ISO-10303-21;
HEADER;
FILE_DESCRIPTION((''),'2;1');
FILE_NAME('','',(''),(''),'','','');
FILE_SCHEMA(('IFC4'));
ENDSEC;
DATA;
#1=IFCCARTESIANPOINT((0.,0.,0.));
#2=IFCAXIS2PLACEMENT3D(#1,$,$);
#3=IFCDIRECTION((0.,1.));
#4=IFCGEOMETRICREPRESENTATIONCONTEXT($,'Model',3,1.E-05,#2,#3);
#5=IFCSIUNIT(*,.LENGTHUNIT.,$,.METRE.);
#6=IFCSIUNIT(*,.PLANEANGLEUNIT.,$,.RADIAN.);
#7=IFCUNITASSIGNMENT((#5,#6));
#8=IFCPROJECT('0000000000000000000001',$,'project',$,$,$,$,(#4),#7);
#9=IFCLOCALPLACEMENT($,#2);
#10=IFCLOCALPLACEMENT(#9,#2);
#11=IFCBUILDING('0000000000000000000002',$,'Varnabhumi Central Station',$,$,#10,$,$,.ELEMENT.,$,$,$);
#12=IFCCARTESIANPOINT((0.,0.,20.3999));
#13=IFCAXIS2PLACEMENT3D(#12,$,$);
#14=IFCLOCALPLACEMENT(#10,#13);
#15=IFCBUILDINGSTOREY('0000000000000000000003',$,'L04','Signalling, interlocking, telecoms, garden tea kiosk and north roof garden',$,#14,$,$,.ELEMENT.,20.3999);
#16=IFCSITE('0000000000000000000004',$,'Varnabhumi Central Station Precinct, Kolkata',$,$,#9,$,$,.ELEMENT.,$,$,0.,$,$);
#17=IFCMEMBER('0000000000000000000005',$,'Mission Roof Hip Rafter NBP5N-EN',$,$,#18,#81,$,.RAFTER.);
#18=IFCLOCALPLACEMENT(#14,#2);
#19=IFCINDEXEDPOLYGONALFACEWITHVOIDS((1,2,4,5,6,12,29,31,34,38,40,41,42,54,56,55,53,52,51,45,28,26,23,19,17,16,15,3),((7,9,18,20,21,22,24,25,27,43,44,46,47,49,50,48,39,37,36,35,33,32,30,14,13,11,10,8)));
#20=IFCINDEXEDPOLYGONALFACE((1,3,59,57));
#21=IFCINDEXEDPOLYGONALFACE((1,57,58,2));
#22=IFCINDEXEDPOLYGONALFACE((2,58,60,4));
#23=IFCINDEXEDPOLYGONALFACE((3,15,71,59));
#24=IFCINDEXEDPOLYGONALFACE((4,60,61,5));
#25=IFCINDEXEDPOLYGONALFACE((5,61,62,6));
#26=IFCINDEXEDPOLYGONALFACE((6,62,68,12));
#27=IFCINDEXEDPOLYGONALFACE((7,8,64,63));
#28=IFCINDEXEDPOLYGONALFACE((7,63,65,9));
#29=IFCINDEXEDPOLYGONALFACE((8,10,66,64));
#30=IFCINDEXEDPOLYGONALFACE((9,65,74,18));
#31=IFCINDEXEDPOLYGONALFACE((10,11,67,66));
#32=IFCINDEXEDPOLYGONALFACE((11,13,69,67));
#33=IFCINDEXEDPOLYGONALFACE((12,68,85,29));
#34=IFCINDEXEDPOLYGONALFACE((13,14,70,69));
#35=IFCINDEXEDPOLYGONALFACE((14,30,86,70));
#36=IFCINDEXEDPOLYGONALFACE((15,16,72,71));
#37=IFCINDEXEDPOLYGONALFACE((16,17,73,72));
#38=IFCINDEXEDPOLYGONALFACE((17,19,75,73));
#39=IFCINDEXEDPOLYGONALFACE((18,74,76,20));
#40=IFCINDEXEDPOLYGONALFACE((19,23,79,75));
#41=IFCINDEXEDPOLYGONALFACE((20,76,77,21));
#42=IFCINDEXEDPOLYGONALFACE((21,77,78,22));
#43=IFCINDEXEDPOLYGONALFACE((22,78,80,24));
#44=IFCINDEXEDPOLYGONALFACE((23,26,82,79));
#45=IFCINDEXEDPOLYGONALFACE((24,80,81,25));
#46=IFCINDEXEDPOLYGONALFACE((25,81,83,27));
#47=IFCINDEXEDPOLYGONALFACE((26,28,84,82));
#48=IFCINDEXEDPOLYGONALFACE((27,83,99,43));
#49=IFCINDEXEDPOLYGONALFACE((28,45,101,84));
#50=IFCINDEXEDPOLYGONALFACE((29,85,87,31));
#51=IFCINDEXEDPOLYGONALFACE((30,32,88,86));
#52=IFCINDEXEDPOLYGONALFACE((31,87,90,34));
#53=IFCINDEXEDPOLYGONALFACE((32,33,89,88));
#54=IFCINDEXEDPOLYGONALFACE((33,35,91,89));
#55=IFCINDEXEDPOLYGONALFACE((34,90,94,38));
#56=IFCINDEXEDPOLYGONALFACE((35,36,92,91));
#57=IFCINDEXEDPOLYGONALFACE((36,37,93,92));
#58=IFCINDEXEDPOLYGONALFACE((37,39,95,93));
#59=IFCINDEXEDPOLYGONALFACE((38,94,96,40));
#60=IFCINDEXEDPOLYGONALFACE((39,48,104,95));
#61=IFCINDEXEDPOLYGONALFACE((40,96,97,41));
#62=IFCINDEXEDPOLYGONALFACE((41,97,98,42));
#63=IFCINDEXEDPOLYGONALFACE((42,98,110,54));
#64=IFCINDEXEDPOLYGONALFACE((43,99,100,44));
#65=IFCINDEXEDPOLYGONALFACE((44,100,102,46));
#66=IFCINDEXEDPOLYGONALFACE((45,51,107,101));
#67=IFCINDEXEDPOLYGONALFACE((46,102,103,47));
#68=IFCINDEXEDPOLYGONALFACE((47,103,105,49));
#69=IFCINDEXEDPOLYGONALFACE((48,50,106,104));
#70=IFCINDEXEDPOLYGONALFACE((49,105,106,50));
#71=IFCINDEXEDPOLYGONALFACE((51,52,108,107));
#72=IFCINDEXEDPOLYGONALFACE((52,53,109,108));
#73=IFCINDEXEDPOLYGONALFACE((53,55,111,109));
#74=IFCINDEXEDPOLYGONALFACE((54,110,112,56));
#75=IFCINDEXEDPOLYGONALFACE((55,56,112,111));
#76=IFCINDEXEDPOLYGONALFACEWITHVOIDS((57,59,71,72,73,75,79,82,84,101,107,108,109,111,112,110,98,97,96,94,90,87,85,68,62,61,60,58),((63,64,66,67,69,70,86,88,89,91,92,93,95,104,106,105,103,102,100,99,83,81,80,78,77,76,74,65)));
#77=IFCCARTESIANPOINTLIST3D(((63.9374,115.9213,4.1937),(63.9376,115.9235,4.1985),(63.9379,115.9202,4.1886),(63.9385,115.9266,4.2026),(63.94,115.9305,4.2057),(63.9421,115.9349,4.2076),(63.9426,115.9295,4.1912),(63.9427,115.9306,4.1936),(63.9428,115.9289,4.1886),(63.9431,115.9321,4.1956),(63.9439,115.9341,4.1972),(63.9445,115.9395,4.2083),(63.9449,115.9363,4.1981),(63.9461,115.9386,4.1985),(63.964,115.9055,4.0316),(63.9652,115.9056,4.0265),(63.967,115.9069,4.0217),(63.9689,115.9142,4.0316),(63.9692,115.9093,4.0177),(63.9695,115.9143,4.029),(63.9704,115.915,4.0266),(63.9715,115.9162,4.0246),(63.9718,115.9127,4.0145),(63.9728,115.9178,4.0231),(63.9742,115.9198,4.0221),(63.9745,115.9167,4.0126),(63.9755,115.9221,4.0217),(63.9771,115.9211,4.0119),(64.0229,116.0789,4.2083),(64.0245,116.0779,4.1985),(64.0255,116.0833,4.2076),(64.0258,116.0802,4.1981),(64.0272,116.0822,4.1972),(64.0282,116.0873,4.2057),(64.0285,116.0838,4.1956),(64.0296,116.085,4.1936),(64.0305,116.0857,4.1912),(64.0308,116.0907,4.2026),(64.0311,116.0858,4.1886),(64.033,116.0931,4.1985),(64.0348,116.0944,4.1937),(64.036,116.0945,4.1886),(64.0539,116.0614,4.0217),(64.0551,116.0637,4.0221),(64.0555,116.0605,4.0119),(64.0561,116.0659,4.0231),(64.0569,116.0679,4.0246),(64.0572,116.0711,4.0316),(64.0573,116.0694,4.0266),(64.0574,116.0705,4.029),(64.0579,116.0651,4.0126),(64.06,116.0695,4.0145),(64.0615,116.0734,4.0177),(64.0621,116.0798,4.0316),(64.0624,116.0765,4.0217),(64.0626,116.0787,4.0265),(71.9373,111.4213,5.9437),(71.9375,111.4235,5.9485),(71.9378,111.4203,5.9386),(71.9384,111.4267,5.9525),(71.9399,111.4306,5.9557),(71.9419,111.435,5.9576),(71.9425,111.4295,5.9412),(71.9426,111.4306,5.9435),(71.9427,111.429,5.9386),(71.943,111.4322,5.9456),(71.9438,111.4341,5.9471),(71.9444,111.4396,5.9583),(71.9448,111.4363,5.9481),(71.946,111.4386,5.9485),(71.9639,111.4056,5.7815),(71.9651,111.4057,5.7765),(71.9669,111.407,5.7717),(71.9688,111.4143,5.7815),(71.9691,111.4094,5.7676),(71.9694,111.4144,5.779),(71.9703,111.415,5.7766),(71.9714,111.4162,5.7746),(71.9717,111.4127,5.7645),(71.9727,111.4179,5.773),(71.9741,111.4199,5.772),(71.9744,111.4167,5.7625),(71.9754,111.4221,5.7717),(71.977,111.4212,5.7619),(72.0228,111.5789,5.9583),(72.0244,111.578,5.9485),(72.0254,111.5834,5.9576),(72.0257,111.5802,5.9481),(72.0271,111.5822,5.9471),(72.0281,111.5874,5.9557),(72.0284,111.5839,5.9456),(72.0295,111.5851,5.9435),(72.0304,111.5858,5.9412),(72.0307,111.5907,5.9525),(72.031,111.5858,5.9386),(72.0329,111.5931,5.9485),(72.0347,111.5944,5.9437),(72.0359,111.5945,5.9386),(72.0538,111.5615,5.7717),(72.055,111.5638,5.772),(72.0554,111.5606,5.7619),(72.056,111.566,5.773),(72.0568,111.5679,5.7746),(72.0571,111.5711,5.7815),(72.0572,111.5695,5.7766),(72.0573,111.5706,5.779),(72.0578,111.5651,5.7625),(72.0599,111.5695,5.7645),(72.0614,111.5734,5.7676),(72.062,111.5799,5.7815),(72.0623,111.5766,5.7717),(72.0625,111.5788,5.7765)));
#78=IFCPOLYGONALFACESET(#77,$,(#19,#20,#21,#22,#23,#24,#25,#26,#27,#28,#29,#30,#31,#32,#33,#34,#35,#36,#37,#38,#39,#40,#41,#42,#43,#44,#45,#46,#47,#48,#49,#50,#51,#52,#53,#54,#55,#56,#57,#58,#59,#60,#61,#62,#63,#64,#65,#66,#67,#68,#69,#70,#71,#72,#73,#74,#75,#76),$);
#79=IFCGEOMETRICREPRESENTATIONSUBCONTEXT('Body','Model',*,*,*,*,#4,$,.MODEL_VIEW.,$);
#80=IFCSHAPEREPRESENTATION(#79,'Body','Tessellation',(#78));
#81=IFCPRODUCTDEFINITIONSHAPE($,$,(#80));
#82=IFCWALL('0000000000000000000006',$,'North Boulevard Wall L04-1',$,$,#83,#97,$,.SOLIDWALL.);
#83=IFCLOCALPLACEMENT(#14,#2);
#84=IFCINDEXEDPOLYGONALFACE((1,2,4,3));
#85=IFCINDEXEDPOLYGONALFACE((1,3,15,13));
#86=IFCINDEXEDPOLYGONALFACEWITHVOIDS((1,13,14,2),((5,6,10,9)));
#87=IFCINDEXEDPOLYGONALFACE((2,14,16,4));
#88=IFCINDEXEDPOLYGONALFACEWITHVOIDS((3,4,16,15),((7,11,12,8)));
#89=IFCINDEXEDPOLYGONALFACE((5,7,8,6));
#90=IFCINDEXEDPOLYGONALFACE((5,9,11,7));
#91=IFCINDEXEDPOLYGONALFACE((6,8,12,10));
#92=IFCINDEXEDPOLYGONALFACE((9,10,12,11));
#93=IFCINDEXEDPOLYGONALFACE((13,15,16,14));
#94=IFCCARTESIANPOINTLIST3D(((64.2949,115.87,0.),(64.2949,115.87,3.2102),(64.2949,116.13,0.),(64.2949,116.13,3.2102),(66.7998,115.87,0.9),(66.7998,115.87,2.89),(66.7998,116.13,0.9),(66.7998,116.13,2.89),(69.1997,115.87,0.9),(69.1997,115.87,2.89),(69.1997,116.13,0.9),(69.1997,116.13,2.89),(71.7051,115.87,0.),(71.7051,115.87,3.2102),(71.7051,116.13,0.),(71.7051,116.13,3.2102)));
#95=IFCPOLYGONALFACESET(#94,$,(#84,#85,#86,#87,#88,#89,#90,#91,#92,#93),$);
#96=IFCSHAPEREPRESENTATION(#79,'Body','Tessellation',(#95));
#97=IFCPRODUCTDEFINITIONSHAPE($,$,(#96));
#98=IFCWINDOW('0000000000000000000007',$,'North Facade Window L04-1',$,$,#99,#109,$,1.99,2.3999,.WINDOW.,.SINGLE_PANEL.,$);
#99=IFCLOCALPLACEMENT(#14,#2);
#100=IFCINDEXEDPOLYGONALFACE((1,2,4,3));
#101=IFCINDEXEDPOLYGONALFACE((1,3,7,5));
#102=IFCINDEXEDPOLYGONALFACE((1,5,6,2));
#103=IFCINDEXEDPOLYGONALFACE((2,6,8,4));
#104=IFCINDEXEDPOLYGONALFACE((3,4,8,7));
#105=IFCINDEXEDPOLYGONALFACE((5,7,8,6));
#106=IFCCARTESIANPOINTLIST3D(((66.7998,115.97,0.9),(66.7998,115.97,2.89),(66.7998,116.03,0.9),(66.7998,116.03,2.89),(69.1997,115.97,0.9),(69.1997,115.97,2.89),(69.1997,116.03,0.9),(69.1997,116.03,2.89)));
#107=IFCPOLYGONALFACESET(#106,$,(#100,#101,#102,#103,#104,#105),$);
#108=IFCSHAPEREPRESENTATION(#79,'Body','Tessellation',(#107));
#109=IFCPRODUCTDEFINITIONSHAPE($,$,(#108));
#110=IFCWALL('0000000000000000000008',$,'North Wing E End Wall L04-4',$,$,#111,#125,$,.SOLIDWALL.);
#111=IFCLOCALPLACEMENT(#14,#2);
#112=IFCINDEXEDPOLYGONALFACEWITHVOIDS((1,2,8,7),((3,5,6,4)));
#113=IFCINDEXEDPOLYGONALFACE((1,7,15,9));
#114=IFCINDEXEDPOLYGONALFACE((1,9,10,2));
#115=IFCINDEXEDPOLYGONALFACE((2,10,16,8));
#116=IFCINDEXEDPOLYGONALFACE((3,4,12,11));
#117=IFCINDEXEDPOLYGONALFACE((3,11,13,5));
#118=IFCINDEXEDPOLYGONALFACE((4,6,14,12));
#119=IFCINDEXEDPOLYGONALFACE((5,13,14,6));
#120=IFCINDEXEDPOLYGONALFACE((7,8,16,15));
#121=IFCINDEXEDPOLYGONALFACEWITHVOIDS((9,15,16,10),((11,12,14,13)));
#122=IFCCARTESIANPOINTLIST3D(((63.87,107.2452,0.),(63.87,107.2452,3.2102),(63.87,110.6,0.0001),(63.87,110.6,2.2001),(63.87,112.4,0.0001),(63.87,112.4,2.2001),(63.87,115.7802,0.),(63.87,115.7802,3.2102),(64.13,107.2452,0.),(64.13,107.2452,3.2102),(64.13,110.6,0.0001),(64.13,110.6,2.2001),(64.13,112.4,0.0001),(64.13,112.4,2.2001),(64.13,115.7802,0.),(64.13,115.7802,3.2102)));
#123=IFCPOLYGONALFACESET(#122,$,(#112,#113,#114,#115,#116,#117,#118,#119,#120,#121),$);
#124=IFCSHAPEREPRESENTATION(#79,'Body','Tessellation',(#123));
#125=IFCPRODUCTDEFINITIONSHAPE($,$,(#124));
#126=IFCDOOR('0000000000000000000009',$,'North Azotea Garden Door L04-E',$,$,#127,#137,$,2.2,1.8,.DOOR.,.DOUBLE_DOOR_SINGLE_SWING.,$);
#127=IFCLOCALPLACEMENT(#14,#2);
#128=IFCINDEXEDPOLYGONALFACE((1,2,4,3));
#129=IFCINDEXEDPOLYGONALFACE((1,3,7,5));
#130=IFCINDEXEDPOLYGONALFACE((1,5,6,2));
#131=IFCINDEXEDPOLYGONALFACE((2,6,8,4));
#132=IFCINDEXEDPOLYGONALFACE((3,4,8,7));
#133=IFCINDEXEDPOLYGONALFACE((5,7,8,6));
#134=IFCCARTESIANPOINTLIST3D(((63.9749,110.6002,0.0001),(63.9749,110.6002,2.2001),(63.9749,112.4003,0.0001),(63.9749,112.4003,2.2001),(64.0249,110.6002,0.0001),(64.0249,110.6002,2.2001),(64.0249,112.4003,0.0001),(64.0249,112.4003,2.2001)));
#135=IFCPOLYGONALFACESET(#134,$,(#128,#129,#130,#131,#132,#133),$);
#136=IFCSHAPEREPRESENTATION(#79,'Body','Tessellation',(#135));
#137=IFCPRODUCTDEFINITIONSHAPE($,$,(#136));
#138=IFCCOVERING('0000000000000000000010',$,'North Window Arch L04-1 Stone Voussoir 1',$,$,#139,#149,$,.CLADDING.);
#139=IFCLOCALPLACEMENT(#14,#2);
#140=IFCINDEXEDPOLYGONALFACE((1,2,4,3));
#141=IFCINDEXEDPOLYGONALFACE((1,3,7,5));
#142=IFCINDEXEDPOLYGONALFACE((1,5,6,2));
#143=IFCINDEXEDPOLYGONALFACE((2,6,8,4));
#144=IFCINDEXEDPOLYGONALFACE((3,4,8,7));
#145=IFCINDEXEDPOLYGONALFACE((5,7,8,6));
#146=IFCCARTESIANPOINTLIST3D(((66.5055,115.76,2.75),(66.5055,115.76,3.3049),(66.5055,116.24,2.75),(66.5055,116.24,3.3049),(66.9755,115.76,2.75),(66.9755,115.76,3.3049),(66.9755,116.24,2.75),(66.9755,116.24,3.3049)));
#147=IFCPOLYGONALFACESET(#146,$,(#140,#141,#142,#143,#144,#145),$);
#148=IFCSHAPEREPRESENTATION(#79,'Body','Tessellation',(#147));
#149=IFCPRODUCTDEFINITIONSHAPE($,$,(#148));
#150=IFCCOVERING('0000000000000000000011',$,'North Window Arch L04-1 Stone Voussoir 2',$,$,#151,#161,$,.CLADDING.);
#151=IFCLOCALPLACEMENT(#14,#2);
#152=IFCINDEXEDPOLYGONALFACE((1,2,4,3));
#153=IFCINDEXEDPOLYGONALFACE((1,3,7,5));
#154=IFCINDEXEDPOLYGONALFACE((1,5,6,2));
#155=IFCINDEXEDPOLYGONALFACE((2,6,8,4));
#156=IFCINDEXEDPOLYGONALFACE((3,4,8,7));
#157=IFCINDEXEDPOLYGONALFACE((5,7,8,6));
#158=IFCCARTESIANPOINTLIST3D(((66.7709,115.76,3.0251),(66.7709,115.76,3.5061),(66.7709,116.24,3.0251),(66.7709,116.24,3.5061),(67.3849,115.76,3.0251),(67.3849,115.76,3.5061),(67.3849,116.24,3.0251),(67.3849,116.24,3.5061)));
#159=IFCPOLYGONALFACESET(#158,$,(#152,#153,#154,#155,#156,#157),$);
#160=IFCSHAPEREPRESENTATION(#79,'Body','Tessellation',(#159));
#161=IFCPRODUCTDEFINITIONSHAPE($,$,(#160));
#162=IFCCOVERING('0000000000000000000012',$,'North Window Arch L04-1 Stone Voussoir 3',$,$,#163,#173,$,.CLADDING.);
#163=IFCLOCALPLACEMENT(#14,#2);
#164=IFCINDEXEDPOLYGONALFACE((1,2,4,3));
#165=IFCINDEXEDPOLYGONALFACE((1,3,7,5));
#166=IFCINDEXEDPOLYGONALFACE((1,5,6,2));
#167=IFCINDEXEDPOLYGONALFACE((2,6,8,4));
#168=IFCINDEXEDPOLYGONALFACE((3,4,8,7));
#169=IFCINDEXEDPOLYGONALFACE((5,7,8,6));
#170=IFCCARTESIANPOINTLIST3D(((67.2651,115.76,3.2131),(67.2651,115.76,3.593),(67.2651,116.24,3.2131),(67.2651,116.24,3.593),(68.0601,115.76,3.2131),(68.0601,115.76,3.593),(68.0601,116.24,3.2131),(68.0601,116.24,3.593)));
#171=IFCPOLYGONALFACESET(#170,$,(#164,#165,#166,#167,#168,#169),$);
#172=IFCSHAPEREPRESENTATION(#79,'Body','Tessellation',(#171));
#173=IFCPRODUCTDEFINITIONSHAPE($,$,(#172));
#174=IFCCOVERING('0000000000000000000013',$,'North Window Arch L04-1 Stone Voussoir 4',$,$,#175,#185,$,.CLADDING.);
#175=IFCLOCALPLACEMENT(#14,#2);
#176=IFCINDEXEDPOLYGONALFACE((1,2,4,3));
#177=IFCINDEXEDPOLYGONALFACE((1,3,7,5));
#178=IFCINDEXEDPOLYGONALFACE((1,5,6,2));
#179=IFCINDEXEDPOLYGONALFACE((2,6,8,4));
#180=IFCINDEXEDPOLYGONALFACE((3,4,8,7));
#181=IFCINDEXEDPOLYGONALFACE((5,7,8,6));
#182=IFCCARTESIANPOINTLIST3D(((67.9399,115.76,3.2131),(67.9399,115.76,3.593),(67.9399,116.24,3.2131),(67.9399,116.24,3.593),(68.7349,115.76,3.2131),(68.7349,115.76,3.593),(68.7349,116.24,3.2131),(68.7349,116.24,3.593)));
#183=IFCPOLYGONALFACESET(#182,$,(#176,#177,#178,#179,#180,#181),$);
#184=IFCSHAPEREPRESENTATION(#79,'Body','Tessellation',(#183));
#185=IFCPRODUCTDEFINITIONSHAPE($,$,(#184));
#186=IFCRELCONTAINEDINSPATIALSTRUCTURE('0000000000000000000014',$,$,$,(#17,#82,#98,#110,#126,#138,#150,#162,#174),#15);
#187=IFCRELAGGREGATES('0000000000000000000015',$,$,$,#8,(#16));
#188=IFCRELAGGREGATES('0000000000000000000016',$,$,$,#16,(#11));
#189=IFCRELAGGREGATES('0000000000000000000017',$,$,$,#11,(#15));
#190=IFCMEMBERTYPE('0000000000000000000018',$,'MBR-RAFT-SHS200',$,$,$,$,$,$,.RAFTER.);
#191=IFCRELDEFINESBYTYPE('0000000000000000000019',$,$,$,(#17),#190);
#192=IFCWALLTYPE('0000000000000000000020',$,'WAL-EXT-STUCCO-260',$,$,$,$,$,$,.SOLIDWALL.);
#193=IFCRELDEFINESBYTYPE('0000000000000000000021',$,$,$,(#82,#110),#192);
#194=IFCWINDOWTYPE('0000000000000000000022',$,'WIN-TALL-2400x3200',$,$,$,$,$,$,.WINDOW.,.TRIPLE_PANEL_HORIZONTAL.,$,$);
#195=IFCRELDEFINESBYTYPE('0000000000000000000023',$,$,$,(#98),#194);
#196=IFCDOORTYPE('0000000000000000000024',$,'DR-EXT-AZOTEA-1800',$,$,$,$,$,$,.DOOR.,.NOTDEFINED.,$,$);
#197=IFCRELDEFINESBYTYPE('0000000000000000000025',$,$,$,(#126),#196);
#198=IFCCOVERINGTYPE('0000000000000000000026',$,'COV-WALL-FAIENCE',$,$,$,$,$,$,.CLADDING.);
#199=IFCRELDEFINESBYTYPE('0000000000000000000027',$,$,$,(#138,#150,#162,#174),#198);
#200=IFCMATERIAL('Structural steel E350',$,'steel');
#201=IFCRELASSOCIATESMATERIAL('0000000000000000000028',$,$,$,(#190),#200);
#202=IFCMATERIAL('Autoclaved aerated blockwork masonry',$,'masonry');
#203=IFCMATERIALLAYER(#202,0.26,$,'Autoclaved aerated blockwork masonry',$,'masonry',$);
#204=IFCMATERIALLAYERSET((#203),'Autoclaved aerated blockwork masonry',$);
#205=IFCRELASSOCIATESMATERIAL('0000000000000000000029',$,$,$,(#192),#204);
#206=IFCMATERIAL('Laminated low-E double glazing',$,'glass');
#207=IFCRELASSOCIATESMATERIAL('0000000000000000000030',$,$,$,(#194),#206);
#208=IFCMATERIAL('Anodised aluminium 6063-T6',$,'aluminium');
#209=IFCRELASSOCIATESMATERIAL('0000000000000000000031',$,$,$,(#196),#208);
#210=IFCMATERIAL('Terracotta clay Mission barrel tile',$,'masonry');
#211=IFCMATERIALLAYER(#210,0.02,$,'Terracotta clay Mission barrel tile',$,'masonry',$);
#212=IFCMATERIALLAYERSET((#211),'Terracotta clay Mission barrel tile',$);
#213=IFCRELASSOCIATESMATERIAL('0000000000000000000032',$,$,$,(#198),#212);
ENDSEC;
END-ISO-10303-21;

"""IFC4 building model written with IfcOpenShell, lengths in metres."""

from ifc_helpers import new_model, si_unit, direction, frame, frame_2d, origin, origin_2d, place, context, subcontext, project, spatial, rectangle, hollow_rectangle, extrude, material, layer, layer_set, material_profile, profile_set, type_object, element, fill, save


model = new_model("IFC4")

# Units and contexts
model_context = context("Model", 3, precision=1e-05, world=origin(), true_north=direction((0.0, 1.0)))
body_context = subcontext(model_context, "Body", "Model", "MODEL_VIEW")
ifc_project = project(units=[si_unit("LENGTHUNIT", "METRE"), si_unit("PLANEANGLEUNIT", "RADIAN")], contexts=[model_context])

# Site, building, storey
site_placement = place(None, origin())
site = spatial("IfcSite", under=ifc_project, at=site_placement, Name="Varnabhumi Central Station Precinct, Kolkata", CompositionType="ELEMENT", RefElevation=0.0)
building_placement = place(site_placement, origin())
building = spatial("IfcBuilding", under=site, at=building_placement, Name="Varnabhumi Central Station", CompositionType="ELEMENT")
storey_placement = place(building_placement, frame((0.0, 0.0, 20.3999)))
storey = spatial("IfcBuildingStorey", under=building, at=storey_placement, Name="L04", Description="Signalling, interlocking, telecoms, garden tea kiosk and north roof garden", CompositionType="ELEMENT", Elevation=20.3999)

# Shared definitions
ifc_material_1 = material(Name="Structural steel E350", Category="steel")

# Member
ifc_material_profile_1 = material_profile(ifc_material_1, hollow_rectangle(XDim=0.2, YDim=0.2, WallThickness=0.01, InnerFilletRadius=0.01, OuterFilletRadius=0.02, at=origin_2d()), Name="Structural steel E350", Category="steel")
ifc_profile_set_1 = profile_set([ifc_material_profile_1], Name="Structural steel E350")
member_type = type_object("IfcMemberType", Name="MBR-RAFT-SHS200", PredefinedType="RAFTER", material=ifc_profile_set_1)
member_placement = place(storey_placement, frame((64.0, 116.0, 4.1101), z_axis=(0.856154, -0.481586, 0.187284), x_axis=(0.490261, 0.871576, 0.0)))
element("IfcMember", 1, at=member_placement, inside=storey, type_object=member_type, Name="Mission Roof Hip Rafter NBP5N-EN", PredefinedType="RAFTER", context=body_context, shape_type="SweptSolid", body=[
    extrude(hollow_rectangle(XDim=0.2, YDim=0.2, WallThickness=0.01, InnerFilletRadius=0.01, OuterFilletRadius=0.02, at=origin_2d()), origin(), (0.0, 0.0, 1.0), 9.344),
])

# Wall, opening, window
ifc_material_2 = material(Name="Autoclaved aerated blockwork masonry", Category="masonry")
ifc_layer_1 = layer(ifc_material_2, 0.26, Name="Autoclaved aerated blockwork masonry", Category="masonry")
ifc_layer_set_1 = layer_set([ifc_layer_1], Name="Autoclaved aerated blockwork masonry")
wall_type = type_object("IfcWallType", Name="WAL-EXT-STUCCO-260", PredefinedType="SOLIDWALL", material=ifc_layer_set_1)
wall_1_placement = place(storey_placement, frame((64.2949, 116.0, 0.0), z_axis=(0.0, 0.0, 1.0), x_axis=(1.0, 0.0, 0.0)))
wall_1 = element("IfcWall", 2, at=wall_1_placement, inside=storey, type_object=wall_type, Name="North Boulevard Wall L04-1", PredefinedType="SOLIDWALL", context=body_context, shape_type="SweptSolid", body=[
    extrude(rectangle(XDim=7.4102, YDim=0.26, at=frame_2d((3.7051, 0.0))), origin(), (0.0, 0.0, 1.0), 3.2102),
])
opening_1_placement = place(wall_1_placement, frame((2.5049, 0.0, 0.8999)))
opening_1 = element("IfcOpeningElement", 3, at=opening_1_placement, cuts=wall_1, PredefinedType="OPENING", context=body_context, shape_type="SweptSolid", body=[
    extrude(rectangle(XDim=2.3999, YDim=1.99, at=frame_2d((1.2, 0.9951))), frame((0.0, 0.1399, 0.0), z_axis=(0.0, -1.0, 0.0), x_axis=(1.0, 0.0, 0.0)), (0.0, 0.0, 1.0), 0.28),
])
ifc_material_3 = material(Name="Laminated low-E double glazing", Category="glass")
window_type = type_object("IfcWindowType", Name="WIN-TALL-2400x3200", PartitioningType="TRIPLE_PANEL_HORIZONTAL", PredefinedType="WINDOW", material=ifc_material_3)
window_placement = place(opening_1_placement, origin())
window = element("IfcWindow", 4, at=window_placement, inside=storey, type_object=window_type, Name="North Facade Window L04-1", OverallHeight=1.99, OverallWidth=2.3999, PartitioningType="SINGLE_PANEL", PredefinedType="WINDOW", context=body_context, shape_type="SweptSolid", body=[
    extrude(rectangle(XDim=2.3999, YDim=1.99, at=frame_2d((1.2, 0.9951))), frame((0.0, 0.03, 0.0), z_axis=(0.0, -1.0, 0.0), x_axis=(1.0, 0.0, 0.0)), (0.0, 0.0, 1.0), 0.0601),
])
fill(opening_1, window)

# Wall, opening, door
wall_2_placement = place(storey_placement, frame((64.0, 107.2451, 0.0), z_axis=(0.0, 0.0, 1.0), x_axis=(0.0, 1.0, 0.0)))
wall_2 = element("IfcWall", 5, at=wall_2_placement, inside=storey, type_object=wall_type, Name="North Wing E End Wall L04-4", PredefinedType="SOLIDWALL", context=body_context, shape_type="SweptSolid", body=[
    extrude(rectangle(XDim=8.5349, YDim=0.26, at=frame_2d((4.2676, 0.0))), origin(), (0.0, 0.0, 1.0), 3.2102),
])
opening_2_placement = place(wall_2_placement, frame((3.355, 0.0, 0.0)))
opening_2 = element("IfcOpeningElement", 6, at=opening_2_placement, cuts=wall_2, PredefinedType="OPENING", context=body_context, shape_type="SweptSolid", body=[
    extrude(rectangle(XDim=1.8, YDim=2.2, at=frame_2d((0.8999, 1.1001))), frame((0.0, 0.1399, 0.0), z_axis=(0.0, -1.0, 0.0), x_axis=(1.0, 0.0, 0.0)), (0.0, 0.0, 1.0), 0.28),
])
ifc_material_4 = material(Name="Anodised aluminium 6063-T6", Category="aluminium")
door_type = type_object("IfcDoorType", Name="DR-EXT-AZOTEA-1800", OperationType="NOTDEFINED", PredefinedType="DOOR", material=ifc_material_4)
door_placement = place(opening_2_placement, frame((1.8, 0.0, 0.0), z_axis=(0.0, 0.0, 1.0), x_axis=(-1.0, 0.0, 0.0)))
door = element("IfcDoor", 7, at=door_placement, inside=storey, type_object=door_type, Name="North Azotea Garden Door L04-E", OperationType="DOUBLE_DOOR_SINGLE_SWING", OverallHeight=2.2, OverallWidth=1.8, PredefinedType="DOOR", context=body_context, shape_type="SweptSolid", body=[
    extrude(rectangle(XDim=1.8, YDim=2.2, at=frame_2d((0.8999, 1.1001))), frame((0.0, 0.0249, 0.0), z_axis=(0.0, -1.0, 0.0), x_axis=(1.0, 0.0, 0.0)), (0.0, 0.0, 1.0), 0.05),
])
fill(opening_2, door)

# Coverings
ifc_material_5 = material(Name="Terracotta clay Mission barrel tile", Category="masonry")
ifc_layer_2 = layer(ifc_material_5, 0.02, Name="Terracotta clay Mission barrel tile", Category="masonry")
ifc_layer_set_2 = layer_set([ifc_layer_2], Name="Terracotta clay Mission barrel tile")
covering_type = type_object("IfcCoveringType", Name="COV-WALL-FAIENCE", PredefinedType="CLADDING", material=ifc_layer_set_2)
covering_1_placement = place(storey_placement, frame((66.7405, 116.0, 2.75), z_axis=(0.0, 0.0, 1.0), x_axis=(1.0, 0.0, 0.0)))
element("IfcCovering", 8, at=covering_1_placement, inside=storey, type_object=covering_type, Name="North Window Arch L04-1 Stone Voussoir 1", PredefinedType="CLADDING", context=body_context, shape_type="SweptSolid", body=[
    extrude(rectangle(XDim=0.47, YDim=0.48, at=origin_2d()), origin(), (0.0, 0.0, 1.0), 0.5549),
])
covering_2_placement = place(storey_placement, frame((67.0779, 116.0, 3.0251), z_axis=(0.0, 0.0, 1.0), x_axis=(1.0, 0.0, 0.0)))
element("IfcCovering", 9, at=covering_2_placement, inside=storey, type_object=covering_type, Name="North Window Arch L04-1 Stone Voussoir 2", PredefinedType="CLADDING", context=body_context, shape_type="SweptSolid", body=[
    extrude(rectangle(XDim=0.614, YDim=0.48, at=origin_2d()), origin(), (0.0, 0.0, 1.0), 0.481),
])
for number, where, z_axis, x_axis, name in (
    (10, (67.6626, 116.0, 3.2131), (0.0, 0.0, 1.0), (1.0, 0.0, 0.0), "North Window Arch L04-1 Stone Voussoir 3"),
    (11, (68.3374, 116.0, 3.2131), (0.0, 0.0, 1.0), (1.0, 0.0, 0.0), "North Window Arch L04-1 Stone Voussoir 4"),
):
    element("IfcCovering", number, at=place(storey_placement, frame(where, z_axis=z_axis, x_axis=x_axis)), inside=storey, type_object=covering_type, Name=name, PredefinedType="CLADDING", context=body_context, shape_type="SweptSolid", body=[
        extrude(rectangle(XDim=0.7949, YDim=0.48, at=origin_2d()), origin(), (0.0, 0.0, 1.0), 0.3799),
    ])

save(model, "model.ifc")
